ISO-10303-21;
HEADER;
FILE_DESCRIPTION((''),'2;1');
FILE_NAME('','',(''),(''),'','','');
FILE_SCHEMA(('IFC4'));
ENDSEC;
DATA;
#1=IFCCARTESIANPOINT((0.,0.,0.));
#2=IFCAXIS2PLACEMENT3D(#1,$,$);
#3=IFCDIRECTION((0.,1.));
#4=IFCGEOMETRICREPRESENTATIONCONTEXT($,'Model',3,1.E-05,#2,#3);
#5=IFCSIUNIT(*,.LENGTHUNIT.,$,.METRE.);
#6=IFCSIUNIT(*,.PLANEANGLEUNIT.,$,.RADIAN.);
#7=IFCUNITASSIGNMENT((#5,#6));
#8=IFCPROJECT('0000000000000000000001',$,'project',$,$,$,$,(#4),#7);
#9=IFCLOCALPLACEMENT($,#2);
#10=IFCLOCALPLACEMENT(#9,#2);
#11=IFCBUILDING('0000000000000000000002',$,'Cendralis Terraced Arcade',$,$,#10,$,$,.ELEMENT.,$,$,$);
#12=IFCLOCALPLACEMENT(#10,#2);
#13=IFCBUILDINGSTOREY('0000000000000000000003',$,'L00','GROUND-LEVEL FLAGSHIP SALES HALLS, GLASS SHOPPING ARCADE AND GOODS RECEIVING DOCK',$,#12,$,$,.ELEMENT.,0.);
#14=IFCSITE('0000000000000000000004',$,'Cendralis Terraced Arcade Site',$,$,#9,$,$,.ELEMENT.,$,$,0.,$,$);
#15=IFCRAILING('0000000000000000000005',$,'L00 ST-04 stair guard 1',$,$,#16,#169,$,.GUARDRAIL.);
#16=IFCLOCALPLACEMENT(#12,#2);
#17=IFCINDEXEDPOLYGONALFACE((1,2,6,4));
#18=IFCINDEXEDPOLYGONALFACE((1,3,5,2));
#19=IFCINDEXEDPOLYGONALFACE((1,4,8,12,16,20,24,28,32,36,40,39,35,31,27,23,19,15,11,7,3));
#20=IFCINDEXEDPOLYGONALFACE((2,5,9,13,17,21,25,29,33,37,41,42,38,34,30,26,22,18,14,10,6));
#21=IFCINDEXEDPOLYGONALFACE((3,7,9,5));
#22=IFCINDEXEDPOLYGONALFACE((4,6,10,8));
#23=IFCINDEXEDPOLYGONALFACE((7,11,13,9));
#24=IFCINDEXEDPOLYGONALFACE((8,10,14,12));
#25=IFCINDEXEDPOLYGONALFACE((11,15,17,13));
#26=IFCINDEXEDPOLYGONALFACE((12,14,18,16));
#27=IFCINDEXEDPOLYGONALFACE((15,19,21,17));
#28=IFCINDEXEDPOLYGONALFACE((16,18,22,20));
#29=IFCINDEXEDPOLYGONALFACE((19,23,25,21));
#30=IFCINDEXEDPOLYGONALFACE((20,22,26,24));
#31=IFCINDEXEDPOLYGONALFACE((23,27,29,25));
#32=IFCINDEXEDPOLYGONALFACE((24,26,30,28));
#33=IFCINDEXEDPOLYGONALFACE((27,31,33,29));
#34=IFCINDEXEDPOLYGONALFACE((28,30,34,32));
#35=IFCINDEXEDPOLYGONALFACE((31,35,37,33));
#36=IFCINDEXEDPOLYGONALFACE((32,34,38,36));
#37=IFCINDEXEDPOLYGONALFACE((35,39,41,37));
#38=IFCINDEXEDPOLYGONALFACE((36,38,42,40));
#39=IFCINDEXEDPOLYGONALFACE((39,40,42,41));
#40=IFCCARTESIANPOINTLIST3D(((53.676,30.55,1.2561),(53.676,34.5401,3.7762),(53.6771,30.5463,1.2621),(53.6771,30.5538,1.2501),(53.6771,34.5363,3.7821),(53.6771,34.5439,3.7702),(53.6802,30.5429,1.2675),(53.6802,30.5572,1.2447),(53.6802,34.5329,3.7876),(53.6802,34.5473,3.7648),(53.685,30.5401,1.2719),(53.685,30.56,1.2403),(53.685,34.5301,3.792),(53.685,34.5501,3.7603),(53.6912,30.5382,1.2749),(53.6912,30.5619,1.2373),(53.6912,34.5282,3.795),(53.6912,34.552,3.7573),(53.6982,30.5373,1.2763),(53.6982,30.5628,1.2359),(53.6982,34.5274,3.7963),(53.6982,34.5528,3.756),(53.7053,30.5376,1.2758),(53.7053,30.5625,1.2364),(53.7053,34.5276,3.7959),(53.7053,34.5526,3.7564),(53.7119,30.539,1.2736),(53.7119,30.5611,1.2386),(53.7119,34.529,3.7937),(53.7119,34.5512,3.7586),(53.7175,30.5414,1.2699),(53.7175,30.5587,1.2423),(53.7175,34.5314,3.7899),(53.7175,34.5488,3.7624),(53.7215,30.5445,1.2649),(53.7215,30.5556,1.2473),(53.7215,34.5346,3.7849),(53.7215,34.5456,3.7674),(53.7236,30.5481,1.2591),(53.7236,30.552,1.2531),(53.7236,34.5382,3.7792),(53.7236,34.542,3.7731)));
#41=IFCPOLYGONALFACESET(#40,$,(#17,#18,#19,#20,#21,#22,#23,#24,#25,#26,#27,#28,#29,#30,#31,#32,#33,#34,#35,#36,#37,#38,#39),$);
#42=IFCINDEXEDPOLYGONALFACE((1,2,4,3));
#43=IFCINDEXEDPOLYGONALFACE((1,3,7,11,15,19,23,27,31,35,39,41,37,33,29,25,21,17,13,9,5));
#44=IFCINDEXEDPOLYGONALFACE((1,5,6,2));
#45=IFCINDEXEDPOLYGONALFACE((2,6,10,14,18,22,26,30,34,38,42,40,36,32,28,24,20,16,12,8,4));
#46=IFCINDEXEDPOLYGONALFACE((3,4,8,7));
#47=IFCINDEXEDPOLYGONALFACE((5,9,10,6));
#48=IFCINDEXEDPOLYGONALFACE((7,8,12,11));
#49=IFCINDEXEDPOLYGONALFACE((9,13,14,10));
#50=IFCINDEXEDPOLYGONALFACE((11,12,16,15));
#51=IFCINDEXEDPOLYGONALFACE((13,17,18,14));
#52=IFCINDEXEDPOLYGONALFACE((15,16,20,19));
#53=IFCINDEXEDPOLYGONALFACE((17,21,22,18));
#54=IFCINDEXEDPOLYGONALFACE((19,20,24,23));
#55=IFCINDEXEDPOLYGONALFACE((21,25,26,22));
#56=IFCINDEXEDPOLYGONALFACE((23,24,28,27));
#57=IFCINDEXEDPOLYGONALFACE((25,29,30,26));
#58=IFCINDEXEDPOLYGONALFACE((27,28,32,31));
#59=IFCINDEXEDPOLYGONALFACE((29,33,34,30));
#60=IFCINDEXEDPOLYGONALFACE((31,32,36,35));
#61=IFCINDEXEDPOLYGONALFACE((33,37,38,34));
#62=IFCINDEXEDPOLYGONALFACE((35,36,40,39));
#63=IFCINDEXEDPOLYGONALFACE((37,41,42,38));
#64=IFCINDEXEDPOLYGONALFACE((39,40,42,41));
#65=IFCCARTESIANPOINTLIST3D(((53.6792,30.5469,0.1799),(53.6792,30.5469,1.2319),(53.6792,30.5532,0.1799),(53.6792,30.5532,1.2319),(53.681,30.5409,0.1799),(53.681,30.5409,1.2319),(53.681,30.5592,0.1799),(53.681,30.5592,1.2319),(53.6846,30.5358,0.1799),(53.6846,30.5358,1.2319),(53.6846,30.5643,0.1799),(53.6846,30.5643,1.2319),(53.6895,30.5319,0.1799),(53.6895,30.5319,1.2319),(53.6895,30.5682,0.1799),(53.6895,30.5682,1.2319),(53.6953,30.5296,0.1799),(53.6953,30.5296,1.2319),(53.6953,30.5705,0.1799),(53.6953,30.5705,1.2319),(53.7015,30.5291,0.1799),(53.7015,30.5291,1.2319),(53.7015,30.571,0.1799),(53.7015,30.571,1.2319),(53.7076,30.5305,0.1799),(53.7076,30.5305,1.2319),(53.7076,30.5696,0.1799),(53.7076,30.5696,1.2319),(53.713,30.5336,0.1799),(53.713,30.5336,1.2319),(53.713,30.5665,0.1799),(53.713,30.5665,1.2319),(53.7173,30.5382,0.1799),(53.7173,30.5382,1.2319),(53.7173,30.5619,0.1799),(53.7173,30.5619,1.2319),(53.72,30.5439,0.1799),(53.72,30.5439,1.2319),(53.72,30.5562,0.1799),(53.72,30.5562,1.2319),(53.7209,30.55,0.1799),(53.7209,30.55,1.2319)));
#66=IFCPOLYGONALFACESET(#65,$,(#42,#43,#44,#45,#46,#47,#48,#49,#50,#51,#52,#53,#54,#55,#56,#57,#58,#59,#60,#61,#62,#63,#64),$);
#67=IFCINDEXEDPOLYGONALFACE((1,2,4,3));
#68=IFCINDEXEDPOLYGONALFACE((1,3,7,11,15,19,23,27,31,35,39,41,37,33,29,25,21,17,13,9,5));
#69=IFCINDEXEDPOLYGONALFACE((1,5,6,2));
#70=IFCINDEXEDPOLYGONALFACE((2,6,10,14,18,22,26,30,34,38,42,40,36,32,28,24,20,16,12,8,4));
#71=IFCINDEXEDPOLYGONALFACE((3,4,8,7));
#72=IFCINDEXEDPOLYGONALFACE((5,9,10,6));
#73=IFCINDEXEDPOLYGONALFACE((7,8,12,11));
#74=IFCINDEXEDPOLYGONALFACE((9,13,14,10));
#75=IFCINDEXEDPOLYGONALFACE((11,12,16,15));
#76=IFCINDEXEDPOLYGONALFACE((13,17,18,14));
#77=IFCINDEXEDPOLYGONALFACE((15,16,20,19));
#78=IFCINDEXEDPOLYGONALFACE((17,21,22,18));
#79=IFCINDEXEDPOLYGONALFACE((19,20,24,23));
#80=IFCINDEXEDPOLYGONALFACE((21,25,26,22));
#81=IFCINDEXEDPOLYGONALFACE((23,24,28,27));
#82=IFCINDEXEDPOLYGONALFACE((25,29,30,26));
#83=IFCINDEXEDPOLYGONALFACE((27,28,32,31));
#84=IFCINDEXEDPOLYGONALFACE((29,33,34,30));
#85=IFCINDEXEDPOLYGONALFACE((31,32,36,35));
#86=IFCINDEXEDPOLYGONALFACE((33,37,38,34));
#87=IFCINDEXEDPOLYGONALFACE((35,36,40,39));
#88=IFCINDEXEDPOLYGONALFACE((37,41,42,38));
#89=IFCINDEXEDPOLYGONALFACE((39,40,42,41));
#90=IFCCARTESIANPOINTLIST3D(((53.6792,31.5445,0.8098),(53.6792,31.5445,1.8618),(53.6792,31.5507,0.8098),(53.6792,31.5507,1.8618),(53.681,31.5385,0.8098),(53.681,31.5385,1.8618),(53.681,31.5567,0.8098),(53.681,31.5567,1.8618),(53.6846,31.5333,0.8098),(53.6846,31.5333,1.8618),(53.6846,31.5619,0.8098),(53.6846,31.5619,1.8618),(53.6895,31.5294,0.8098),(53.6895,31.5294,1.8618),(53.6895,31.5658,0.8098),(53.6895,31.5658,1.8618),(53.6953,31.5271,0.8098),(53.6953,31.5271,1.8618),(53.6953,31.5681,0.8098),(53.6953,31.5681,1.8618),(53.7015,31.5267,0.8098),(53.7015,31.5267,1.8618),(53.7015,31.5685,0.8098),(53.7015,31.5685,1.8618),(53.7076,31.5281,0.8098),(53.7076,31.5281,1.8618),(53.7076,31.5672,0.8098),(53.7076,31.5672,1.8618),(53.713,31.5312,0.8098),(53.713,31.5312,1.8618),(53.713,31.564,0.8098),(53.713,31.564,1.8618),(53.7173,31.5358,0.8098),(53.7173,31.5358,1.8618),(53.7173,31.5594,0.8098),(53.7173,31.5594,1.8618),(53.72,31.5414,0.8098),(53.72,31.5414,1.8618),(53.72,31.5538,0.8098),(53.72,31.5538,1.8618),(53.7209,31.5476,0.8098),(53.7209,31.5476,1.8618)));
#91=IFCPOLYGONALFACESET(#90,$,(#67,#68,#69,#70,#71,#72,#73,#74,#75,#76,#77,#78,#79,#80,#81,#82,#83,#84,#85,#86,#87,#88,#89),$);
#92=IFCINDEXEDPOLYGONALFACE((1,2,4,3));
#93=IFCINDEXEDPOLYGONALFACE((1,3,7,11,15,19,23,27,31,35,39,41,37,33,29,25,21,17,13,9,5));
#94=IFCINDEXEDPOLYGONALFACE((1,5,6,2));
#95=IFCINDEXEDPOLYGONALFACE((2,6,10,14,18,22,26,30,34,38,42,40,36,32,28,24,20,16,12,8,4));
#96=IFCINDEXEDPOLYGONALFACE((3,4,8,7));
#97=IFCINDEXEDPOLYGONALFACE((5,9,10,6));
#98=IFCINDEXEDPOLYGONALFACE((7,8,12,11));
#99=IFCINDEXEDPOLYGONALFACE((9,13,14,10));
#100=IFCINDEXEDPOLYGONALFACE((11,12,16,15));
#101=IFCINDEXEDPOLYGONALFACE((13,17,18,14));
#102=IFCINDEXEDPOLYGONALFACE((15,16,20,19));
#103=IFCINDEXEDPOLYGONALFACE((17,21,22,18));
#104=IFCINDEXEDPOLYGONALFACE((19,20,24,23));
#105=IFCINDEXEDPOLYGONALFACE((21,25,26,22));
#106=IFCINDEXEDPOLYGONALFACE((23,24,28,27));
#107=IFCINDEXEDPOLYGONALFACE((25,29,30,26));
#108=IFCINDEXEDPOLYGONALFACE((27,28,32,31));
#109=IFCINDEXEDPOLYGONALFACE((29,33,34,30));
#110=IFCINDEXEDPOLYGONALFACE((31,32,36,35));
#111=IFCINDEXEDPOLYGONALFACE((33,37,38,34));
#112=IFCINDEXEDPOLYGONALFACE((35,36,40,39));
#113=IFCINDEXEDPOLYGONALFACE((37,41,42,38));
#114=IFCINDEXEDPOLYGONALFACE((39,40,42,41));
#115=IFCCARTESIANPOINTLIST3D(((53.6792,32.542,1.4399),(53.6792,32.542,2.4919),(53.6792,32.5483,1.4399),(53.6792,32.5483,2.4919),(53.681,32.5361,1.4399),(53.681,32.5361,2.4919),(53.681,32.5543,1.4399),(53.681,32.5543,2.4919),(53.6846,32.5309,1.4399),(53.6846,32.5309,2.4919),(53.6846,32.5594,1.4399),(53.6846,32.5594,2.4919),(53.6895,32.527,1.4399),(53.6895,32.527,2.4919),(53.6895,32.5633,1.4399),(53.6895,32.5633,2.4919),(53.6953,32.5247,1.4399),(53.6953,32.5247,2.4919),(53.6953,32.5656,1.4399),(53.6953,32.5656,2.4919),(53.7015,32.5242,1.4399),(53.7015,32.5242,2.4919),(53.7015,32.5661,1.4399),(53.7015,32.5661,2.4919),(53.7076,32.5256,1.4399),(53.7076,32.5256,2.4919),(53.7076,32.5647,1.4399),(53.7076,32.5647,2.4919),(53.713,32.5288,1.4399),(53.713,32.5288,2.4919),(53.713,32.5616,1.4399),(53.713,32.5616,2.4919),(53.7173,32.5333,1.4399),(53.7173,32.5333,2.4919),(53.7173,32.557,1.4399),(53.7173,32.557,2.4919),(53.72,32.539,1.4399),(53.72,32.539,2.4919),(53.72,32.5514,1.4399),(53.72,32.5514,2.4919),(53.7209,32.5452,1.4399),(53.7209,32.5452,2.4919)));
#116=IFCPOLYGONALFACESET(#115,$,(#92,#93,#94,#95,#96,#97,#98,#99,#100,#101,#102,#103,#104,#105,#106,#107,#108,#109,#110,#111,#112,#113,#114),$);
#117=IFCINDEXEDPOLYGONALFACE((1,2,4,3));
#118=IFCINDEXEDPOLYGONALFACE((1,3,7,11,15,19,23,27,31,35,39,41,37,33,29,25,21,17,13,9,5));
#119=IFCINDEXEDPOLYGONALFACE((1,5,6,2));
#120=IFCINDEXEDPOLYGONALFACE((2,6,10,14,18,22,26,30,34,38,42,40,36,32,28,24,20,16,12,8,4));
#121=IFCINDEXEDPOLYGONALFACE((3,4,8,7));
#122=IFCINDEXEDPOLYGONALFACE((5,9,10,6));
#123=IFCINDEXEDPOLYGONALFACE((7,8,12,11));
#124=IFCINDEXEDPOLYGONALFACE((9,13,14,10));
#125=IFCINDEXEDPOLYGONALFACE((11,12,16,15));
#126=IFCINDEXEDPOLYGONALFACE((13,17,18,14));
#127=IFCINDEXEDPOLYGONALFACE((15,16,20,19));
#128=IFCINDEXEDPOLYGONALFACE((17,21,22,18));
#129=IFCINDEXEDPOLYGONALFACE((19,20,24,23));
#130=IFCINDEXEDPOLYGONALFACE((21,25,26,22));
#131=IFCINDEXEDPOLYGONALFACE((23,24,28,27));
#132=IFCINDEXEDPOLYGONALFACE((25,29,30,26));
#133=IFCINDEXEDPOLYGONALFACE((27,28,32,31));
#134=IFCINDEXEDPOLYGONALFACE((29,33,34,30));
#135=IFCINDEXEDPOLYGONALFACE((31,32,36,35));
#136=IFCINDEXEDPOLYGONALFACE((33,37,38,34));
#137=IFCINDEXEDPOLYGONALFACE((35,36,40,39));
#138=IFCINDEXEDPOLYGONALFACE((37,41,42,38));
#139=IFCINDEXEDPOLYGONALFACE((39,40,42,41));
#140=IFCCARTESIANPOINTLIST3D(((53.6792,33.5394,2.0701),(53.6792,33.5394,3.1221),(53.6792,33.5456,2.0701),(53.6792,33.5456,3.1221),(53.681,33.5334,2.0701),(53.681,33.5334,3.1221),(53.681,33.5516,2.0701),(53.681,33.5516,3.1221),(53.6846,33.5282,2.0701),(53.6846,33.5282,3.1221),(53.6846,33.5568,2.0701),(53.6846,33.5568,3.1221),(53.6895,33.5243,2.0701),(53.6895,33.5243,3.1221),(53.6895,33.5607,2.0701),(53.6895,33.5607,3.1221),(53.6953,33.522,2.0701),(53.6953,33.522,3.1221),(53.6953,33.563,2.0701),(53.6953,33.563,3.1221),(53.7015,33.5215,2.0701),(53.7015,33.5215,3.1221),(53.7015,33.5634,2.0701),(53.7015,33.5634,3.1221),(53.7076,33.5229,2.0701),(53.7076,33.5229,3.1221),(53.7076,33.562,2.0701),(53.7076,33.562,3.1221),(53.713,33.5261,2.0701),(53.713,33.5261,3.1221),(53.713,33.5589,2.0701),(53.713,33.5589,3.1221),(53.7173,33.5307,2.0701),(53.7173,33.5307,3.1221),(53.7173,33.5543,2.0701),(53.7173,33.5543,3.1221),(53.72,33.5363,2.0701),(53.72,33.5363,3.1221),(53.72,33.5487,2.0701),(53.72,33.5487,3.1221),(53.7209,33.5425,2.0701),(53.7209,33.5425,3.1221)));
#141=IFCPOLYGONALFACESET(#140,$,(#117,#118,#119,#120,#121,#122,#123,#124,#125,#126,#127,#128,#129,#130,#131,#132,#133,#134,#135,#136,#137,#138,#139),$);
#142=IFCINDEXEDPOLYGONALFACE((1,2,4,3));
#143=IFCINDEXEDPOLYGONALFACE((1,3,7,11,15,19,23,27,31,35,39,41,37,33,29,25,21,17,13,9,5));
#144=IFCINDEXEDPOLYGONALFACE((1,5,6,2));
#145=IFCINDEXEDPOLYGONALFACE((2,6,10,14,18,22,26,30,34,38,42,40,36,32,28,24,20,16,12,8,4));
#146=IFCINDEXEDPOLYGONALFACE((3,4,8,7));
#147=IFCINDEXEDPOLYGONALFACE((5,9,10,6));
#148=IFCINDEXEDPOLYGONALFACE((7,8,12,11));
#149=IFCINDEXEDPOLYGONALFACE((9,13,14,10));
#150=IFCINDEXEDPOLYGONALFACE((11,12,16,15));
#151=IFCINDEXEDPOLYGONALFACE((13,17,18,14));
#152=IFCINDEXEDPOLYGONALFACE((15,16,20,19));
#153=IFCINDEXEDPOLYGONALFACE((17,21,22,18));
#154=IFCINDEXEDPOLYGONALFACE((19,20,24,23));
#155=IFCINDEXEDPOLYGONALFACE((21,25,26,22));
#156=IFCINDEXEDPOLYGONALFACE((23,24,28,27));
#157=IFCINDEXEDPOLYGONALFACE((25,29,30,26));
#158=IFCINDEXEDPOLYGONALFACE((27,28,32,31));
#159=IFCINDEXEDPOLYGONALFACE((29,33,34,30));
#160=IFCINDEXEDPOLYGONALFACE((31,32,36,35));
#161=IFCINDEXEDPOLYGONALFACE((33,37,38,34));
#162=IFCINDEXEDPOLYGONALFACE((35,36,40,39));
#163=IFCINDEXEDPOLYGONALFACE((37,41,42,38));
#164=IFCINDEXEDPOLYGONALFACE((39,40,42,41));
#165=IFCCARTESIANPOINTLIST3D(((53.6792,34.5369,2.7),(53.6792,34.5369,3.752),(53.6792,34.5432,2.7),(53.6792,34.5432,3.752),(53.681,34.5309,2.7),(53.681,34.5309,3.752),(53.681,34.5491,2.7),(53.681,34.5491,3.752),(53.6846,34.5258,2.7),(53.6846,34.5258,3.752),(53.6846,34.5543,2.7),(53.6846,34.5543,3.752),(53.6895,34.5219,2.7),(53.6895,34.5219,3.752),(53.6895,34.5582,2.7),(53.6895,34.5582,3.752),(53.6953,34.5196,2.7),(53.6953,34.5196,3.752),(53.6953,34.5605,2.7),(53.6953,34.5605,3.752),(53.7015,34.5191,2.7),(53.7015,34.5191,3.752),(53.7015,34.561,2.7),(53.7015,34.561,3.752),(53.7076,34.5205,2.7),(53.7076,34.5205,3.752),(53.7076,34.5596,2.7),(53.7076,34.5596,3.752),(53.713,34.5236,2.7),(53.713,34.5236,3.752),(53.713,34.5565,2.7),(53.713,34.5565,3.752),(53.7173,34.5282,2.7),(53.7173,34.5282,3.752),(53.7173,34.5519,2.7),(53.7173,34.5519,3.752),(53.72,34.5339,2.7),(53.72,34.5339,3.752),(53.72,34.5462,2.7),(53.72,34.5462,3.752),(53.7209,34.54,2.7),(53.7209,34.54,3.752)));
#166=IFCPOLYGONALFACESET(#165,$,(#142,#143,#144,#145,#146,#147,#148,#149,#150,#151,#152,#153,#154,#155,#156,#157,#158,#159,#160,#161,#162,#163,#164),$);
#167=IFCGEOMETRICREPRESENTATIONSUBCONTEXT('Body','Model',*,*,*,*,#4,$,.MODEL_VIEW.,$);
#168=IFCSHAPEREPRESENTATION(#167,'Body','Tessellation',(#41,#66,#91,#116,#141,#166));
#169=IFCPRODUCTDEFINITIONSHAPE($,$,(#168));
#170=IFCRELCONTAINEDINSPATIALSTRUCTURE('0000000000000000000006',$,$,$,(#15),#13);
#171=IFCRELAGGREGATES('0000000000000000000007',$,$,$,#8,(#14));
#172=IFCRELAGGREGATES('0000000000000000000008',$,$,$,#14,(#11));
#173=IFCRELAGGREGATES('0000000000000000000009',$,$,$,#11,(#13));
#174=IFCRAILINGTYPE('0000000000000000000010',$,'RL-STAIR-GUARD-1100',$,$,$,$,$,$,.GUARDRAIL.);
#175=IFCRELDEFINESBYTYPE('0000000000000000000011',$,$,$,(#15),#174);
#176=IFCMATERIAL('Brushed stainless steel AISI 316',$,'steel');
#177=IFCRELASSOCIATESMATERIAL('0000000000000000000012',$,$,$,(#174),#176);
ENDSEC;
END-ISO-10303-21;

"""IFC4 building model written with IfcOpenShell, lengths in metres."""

from ifc_helpers import new_model, si_unit, direction, frame, origin, origin_2d, place, context, subcontext, project, spatial, circle, extrude, material, type_object, element, save


model = new_model("IFC4")

# Units and contexts
model_context = context("Model", 3, precision=1e-05, world=origin(), true_north=direction((0.0, 1.0)))
body_context = subcontext(model_context, "Body", "Model", "MODEL_VIEW")
ifc_project = project(units=[si_unit("LENGTHUNIT", "METRE"), si_unit("PLANEANGLEUNIT", "RADIAN")], contexts=[model_context])

# Site, building, storey
site_placement = place(None, origin())
site = spatial("IfcSite", under=ifc_project, at=site_placement, Name="Cendralis Terraced Arcade Site", CompositionType="ELEMENT", RefElevation=0.0)
building_placement = place(site_placement, origin())
building = spatial("IfcBuilding", under=site, at=building_placement, Name="Cendralis Terraced Arcade", CompositionType="ELEMENT")
storey_placement = place(building_placement, origin())
storey = spatial("IfcBuildingStorey", under=building, at=storey_placement, Name="L00", Description="GROUND-LEVEL FLAGSHIP SALES HALLS, GLASS SHOPPING ARCADE AND GOODS RECEIVING DOCK", CompositionType="ELEMENT", Elevation=0.0)

# Railing
ifc_material_1 = material(Name="Brushed stainless steel AISI 316", Category="steel")
railing_type_1 = type_object("IfcRailingType", Name="RL-STAIR-GUARD-1100", PredefinedType="GUARDRAIL", material=ifc_material_1)
railing_1_placement = place(storey_placement, frame((53.7, 30.55, 0.1799)))
element("IfcRailing", 1, at=railing_1_placement, inside=storey, type_object=railing_type_1, Name="L00 ST-04 stair guard 1", PredefinedType="GUARDRAIL", context=body_context, shape_type="SweptSolid", body=[
    extrude(circle(Radius=0.0239, at=origin_2d()), frame((0.0, 0.0, 1.0762), z_axis=(0.0, 0.845486, 0.533997), x_axis=(-1.0, 0.0, 0.0)), (0.0, 0.0, 1.0), 4.7192),
    extrude(circle(Radius=0.021, at=origin_2d()), origin(), (0.0, 0.0, 1.0), 1.052),
    extrude(circle(Radius=0.021, at=origin_2d()), frame((0.0, 0.9976, 0.6299)), (0.0, 0.0, 1.0), 1.052),
    extrude(circle(Radius=0.021, at=origin_2d()), frame((0.0, 1.9951, 1.26)), (0.0, 0.0, 1.0), 1.052),
    extrude(circle(Radius=0.021, at=origin_2d()), frame((0.0, 2.9924, 1.8901)), (0.0, 0.0, 1.0), 1.052),
    extrude(circle(Radius=0.021, at=origin_2d()), frame((0.0, 3.99, 2.52)), (0.0, 0.0, 1.0), 1.052),
])

save(model, "model.ifc")
